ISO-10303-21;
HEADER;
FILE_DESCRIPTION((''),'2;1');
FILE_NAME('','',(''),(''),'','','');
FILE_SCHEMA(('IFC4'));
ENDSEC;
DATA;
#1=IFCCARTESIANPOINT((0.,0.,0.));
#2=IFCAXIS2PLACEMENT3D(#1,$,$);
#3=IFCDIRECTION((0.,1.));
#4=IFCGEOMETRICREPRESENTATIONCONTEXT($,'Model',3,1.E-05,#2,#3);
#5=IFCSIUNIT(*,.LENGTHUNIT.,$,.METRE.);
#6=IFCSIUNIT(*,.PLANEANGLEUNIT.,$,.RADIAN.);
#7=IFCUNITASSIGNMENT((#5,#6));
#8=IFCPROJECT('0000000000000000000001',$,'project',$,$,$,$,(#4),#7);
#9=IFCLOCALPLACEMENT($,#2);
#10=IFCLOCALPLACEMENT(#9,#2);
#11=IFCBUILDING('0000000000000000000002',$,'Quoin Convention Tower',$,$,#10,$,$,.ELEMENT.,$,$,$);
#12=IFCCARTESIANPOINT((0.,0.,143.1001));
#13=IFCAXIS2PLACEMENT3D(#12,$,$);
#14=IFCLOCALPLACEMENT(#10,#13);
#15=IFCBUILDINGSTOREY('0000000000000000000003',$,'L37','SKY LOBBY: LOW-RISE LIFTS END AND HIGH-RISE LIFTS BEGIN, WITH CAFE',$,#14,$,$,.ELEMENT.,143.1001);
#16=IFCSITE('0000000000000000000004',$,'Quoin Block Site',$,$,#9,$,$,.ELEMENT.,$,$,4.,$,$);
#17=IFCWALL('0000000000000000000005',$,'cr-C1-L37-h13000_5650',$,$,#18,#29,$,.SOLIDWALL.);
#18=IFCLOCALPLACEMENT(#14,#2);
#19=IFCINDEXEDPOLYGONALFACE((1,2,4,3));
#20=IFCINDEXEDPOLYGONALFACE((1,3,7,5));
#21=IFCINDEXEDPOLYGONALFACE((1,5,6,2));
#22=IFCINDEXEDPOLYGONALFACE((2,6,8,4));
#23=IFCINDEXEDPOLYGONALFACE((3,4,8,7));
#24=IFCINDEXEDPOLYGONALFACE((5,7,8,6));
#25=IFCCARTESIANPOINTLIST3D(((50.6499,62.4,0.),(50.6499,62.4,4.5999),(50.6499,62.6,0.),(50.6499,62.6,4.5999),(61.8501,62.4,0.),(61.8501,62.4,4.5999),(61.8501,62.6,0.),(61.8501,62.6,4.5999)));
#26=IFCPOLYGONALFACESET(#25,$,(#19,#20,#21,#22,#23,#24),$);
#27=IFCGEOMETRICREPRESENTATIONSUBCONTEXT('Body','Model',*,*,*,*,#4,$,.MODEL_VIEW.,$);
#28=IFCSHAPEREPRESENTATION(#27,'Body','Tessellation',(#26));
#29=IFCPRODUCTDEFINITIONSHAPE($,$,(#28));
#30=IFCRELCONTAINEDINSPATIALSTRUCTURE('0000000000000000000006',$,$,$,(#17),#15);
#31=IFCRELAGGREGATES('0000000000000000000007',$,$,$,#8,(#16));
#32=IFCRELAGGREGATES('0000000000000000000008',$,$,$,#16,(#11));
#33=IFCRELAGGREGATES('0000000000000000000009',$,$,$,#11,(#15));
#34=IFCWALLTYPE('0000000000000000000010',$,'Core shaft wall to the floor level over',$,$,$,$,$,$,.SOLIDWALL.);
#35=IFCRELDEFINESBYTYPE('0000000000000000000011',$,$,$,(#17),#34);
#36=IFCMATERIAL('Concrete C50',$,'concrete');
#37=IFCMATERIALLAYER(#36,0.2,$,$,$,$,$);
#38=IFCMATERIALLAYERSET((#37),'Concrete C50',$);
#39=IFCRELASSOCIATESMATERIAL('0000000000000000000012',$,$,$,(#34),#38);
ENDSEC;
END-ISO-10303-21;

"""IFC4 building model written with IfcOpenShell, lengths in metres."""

from ifc_helpers import new_model, si_unit, direction, frame, frame_2d, origin, place, context, subcontext, project, spatial, rectangle, extrude, material, layer, layer_set, type_object, element, save


model = new_model("IFC4")

# Units and contexts
model_context = context("Model", 3, precision=1e-05, world=origin(), true_north=direction((0.0, 1.0)))
body_context = subcontext(model_context, "Body", "Model", "MODEL_VIEW")
ifc_project = project(units=[si_unit("LENGTHUNIT", "METRE"), si_unit("PLANEANGLEUNIT", "RADIAN")], contexts=[model_context])

# Site, building, storey
site_placement = place(None, origin())
site = spatial("IfcSite", under=ifc_project, at=site_placement, Name="Quoin Block Site", CompositionType="ELEMENT", RefElevation=4.0)
building_placement = place(site_placement, origin())
building = spatial("IfcBuilding", under=site, at=building_placement, Name="Quoin Convention Tower", CompositionType="ELEMENT")
storey_placement = place(building_placement, frame((0.0, 0.0, 143.1001)))
storey = spatial("IfcBuildingStorey", under=building, at=storey_placement, Name="L37", Description="SKY LOBBY: LOW-RISE LIFTS END AND HIGH-RISE LIFTS BEGIN, WITH CAFE", CompositionType="ELEMENT", Elevation=143.1001)

# Shared definitions
ifc_material_1 = material(Name="Concrete C50", Category="concrete")

# Wall
ifc_layer_1 = layer(ifc_material_1, 0.2)
ifc_layer_set_1 = layer_set([ifc_layer_1], Name="Concrete C50")
wall_type_1 = type_object("IfcWallType", Name="Core shaft wall to the floor level over", PredefinedType="SOLIDWALL", material=ifc_layer_set_1)
wall_1_placement = place(storey_placement, frame((50.6499, 62.5, 0.0), z_axis=(0.0, 0.0, 1.0), x_axis=(1.0, 0.0, 0.0)))
element("IfcWall", 1, at=wall_1_placement, inside=storey, type_object=wall_type_1, Name="cr-C1-L37-h13000_5650", PredefinedType="SOLIDWALL", context=body_context, shape_type="SweptSolid", body=[
    extrude(rectangle(XDim=11.2002, YDim=0.2, at=frame_2d((5.6001, 0.0))), origin(), (0.0, 0.0, 1.0), 4.5999),
])

save(model, "model.ifc")
